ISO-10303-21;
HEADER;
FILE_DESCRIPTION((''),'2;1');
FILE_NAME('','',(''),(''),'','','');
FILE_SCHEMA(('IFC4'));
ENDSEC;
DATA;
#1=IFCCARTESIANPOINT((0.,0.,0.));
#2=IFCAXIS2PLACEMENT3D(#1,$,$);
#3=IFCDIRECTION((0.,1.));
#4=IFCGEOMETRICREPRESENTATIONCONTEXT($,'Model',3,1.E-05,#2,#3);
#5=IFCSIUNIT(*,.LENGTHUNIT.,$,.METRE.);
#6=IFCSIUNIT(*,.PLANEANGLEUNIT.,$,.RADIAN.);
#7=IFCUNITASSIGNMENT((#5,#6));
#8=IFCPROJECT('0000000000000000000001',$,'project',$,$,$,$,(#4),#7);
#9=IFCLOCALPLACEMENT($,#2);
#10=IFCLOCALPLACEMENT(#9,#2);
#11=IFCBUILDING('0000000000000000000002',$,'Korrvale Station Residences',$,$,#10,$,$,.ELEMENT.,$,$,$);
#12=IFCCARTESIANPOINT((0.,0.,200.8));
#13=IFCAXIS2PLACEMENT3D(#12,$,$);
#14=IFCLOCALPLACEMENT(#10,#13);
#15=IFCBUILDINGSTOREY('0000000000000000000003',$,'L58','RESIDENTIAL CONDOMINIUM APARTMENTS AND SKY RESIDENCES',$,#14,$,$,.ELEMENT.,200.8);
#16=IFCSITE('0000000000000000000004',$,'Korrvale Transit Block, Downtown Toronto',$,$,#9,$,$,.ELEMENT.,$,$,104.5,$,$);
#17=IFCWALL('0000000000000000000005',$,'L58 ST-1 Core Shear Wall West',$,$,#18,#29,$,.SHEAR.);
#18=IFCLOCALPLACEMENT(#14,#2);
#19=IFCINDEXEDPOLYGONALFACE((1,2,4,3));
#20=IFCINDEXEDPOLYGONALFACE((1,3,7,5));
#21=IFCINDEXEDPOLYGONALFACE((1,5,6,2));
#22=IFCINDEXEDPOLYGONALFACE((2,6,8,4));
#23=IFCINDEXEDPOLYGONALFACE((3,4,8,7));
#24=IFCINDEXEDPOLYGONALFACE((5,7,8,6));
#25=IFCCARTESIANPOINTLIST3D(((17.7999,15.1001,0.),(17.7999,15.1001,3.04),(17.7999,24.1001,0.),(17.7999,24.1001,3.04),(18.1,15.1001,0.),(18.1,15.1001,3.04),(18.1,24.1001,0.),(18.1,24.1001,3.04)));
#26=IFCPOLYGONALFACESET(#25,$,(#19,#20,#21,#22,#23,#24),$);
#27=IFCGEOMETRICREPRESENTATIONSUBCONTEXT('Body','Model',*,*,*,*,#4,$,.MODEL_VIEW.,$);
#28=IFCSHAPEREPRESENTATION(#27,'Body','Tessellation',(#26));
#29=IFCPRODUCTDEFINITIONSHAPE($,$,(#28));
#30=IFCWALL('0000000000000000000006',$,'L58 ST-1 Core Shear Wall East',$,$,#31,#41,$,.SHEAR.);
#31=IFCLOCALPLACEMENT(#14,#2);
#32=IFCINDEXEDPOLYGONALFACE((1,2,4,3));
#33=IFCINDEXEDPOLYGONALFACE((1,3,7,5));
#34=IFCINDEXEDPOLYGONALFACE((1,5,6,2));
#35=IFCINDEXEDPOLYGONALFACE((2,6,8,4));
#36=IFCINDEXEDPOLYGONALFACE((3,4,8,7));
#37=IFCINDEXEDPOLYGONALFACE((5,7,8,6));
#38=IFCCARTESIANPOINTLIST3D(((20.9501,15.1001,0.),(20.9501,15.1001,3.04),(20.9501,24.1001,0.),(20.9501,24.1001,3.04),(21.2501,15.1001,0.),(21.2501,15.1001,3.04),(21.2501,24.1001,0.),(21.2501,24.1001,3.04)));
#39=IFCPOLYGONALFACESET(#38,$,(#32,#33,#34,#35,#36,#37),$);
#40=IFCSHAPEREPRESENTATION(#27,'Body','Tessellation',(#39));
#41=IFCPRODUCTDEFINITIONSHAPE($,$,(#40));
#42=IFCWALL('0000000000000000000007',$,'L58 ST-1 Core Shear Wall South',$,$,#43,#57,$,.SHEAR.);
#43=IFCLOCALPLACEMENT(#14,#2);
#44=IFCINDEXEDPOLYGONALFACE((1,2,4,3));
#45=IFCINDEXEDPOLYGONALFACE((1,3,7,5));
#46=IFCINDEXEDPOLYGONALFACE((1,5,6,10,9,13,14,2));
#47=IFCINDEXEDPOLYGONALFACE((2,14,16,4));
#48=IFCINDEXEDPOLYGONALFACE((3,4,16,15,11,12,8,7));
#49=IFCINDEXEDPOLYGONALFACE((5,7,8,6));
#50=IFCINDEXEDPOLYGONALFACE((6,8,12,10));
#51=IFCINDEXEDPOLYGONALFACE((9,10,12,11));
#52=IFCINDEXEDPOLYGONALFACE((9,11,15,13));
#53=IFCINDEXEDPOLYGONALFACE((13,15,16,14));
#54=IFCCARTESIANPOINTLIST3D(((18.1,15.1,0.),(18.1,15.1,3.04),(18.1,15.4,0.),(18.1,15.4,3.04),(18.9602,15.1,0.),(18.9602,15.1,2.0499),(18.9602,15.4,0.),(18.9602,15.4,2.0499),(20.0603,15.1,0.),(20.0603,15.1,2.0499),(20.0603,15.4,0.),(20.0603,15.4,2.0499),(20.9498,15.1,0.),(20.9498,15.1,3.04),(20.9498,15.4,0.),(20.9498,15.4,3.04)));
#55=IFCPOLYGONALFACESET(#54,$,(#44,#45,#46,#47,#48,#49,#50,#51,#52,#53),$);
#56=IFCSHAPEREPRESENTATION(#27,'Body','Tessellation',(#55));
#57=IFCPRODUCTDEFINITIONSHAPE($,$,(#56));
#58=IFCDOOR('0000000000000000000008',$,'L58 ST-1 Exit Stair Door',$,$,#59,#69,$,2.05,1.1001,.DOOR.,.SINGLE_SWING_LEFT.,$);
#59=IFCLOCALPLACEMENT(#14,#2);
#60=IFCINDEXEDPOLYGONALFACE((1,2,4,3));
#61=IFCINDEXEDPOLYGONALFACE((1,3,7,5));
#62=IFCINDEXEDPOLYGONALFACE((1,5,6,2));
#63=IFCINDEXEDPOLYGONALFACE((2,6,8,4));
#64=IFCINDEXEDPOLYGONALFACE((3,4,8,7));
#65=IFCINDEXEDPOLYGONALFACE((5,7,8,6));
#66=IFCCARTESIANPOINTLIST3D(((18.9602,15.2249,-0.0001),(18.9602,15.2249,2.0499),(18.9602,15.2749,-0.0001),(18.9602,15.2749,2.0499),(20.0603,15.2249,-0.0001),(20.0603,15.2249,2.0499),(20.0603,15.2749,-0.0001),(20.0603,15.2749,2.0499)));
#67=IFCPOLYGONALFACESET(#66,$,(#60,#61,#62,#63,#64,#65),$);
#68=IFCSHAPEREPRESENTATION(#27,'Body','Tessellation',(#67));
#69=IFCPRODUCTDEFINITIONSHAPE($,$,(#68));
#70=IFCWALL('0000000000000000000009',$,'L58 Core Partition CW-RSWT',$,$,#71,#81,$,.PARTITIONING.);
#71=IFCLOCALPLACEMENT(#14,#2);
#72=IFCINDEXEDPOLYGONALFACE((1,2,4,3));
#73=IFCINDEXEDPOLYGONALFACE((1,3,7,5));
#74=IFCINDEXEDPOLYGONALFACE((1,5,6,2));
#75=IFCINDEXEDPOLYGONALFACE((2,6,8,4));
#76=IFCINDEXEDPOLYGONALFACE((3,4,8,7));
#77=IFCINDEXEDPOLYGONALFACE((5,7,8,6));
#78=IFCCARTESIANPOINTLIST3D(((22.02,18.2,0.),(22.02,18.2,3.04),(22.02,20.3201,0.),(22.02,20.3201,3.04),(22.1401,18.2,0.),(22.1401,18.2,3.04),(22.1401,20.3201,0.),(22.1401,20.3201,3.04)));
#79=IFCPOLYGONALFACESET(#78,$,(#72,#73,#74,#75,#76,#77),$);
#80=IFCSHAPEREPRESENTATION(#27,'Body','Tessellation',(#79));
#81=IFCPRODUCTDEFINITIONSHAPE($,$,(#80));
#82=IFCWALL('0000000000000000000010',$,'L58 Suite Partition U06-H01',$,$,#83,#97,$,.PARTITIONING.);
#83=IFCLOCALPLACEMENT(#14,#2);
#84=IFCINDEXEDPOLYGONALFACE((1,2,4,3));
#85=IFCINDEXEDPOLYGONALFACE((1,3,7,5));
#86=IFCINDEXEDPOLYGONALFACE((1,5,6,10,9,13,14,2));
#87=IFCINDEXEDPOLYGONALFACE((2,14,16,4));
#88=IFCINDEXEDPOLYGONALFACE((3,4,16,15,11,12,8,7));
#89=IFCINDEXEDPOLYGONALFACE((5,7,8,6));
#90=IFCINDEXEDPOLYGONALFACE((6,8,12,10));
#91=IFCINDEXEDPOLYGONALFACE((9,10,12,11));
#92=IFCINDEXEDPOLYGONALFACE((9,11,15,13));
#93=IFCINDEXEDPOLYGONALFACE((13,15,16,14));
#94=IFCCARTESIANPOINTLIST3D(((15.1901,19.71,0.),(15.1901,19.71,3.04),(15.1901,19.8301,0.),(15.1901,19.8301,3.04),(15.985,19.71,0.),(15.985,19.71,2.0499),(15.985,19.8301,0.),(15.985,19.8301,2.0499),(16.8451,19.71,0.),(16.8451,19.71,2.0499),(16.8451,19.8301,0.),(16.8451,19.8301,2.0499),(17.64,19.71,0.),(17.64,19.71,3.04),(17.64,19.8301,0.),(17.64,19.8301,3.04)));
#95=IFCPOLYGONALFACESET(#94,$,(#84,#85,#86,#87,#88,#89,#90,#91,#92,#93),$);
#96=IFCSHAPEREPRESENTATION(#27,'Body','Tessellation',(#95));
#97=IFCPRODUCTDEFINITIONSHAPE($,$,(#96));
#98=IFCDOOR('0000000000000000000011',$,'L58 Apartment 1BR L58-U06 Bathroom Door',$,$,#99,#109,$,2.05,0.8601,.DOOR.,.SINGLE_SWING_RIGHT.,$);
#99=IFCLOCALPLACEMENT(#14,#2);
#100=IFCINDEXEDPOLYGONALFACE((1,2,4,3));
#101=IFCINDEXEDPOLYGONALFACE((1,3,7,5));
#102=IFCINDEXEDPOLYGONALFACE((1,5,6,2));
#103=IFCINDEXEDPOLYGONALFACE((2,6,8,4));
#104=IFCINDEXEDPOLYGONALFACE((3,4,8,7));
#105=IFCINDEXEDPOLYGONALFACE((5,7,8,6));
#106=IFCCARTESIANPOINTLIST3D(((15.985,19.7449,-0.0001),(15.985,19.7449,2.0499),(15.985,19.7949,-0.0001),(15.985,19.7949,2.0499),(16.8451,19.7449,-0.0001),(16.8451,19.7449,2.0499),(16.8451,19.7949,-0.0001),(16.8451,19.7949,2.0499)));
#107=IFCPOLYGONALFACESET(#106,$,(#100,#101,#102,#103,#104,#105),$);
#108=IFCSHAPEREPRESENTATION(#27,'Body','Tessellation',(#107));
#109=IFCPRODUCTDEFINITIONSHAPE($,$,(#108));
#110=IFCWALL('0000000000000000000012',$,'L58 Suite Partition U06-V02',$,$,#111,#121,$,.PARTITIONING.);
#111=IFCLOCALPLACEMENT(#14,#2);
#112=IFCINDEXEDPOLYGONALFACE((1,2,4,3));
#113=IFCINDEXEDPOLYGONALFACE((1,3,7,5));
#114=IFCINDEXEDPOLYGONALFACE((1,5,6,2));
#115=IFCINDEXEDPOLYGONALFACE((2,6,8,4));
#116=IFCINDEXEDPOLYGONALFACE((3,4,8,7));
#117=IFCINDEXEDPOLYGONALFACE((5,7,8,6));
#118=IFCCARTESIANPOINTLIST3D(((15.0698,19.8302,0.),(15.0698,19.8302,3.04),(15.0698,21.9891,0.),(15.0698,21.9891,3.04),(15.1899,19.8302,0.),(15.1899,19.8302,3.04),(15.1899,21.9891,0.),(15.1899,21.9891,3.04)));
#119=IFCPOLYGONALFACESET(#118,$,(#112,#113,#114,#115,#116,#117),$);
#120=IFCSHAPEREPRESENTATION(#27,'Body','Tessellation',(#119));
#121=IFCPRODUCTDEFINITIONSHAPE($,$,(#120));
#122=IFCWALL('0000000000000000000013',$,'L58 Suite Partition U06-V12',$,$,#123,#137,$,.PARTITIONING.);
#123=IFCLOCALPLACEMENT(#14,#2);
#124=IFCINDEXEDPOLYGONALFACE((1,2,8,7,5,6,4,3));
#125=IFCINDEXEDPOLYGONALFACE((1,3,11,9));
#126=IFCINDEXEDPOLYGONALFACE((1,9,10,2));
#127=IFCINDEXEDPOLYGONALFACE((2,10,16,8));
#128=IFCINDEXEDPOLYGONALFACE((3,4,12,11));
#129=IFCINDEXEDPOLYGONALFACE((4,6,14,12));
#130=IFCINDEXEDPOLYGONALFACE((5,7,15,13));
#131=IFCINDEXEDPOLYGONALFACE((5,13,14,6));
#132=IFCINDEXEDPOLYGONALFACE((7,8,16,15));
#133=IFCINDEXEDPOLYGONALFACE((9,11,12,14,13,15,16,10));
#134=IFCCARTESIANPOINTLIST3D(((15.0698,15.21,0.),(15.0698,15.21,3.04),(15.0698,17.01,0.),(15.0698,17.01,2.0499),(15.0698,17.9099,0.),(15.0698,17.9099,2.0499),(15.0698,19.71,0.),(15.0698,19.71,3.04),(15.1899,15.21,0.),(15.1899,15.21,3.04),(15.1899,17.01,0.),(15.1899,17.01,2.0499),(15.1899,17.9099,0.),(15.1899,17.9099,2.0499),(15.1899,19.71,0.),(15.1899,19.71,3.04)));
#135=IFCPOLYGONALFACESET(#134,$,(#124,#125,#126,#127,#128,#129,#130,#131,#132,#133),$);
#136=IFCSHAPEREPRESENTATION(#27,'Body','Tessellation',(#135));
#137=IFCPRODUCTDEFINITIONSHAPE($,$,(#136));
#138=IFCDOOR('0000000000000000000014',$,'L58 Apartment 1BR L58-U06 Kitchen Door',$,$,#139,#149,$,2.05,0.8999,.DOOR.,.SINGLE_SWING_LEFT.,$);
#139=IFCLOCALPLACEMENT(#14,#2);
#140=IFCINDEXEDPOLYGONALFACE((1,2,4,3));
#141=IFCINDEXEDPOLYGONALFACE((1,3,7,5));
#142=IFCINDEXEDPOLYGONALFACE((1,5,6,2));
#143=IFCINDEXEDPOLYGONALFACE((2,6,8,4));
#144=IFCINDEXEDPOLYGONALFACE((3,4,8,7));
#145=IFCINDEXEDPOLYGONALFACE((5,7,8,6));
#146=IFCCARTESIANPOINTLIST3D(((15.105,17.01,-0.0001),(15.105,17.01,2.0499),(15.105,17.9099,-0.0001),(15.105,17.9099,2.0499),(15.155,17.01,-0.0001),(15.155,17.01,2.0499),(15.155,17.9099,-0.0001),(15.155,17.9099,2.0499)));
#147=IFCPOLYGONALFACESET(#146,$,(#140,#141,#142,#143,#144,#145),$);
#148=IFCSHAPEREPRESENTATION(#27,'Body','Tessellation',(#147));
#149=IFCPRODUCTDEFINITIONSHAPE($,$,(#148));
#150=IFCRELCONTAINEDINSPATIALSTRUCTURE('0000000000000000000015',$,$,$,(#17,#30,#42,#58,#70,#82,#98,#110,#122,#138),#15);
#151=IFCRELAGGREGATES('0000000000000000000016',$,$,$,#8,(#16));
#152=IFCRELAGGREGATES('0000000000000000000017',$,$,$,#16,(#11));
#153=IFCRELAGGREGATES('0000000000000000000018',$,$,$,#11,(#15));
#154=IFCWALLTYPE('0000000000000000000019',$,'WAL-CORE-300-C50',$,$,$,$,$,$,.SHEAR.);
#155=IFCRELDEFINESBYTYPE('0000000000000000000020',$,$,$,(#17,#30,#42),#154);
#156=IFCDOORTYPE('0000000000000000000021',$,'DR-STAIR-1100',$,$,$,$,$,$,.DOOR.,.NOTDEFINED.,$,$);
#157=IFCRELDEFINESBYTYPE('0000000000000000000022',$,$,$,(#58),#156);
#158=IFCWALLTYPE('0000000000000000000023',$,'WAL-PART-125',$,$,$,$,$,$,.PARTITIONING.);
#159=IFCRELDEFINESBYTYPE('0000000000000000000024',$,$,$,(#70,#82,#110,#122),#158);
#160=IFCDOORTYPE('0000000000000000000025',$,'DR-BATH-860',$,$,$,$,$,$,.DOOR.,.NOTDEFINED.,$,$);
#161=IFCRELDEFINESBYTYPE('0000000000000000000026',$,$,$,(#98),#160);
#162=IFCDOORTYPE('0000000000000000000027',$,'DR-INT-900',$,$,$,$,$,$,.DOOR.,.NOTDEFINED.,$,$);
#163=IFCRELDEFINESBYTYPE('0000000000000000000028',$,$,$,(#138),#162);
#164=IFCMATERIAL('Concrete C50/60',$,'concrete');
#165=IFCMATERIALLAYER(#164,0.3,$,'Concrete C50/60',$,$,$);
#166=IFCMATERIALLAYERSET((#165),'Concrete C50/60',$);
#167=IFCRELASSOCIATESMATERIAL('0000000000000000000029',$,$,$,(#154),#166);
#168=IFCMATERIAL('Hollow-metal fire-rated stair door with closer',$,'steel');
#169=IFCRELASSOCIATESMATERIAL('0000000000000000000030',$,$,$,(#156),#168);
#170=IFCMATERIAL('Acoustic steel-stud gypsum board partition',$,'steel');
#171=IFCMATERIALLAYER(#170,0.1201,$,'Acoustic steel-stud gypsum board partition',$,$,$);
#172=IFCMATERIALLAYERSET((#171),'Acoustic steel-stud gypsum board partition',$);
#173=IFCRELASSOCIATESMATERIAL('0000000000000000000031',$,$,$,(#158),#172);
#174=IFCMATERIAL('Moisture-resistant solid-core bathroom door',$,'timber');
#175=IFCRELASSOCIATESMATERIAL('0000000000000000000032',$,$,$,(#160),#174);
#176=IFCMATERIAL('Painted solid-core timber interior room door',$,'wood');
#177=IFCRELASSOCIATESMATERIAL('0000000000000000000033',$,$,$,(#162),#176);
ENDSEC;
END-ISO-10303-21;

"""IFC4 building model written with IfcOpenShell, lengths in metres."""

from ifc_helpers import new_model, si_unit, direction, frame, frame_2d, origin, place, context, subcontext, project, spatial, rectangle, extrude, material, layer, layer_set, type_object, element, fill, save


model = new_model("IFC4")

# Units and contexts
model_context = context("Model", 3, precision=1e-05, world=origin(), true_north=direction((0.0, 1.0)))
body_context = subcontext(model_context, "Body", "Model", "MODEL_VIEW")
ifc_project = project(units=[si_unit("LENGTHUNIT", "METRE"), si_unit("PLANEANGLEUNIT", "RADIAN")], contexts=[model_context])

# Site, building, storey
site_placement = place(None, origin())
site = spatial("IfcSite", under=ifc_project, at=site_placement, Name="Korrvale Transit Block, Downtown Toronto", CompositionType="ELEMENT", RefElevation=104.5)
building_placement = place(site_placement, origin())
building = spatial("IfcBuilding", under=site, at=building_placement, Name="Korrvale Station Residences", CompositionType="ELEMENT")
storey_placement = place(building_placement, frame((0.0, 0.0, 200.8)))
storey = spatial("IfcBuildingStorey", under=building, at=storey_placement, Name="L58", Description="RESIDENTIAL CONDOMINIUM APARTMENTS AND SKY RESIDENCES", CompositionType="ELEMENT", Elevation=200.8)

# Walls
ifc_material_1 = material(Name="Concrete C50/60", Category="concrete")
ifc_layer_1 = layer(ifc_material_1, 0.3, Name="Concrete C50/60")
ifc_layer_set_1 = layer_set([ifc_layer_1], Name="Concrete C50/60")
wall_type_1 = type_object("IfcWallType", Name="WAL-CORE-300-C50", PredefinedType="SHEAR", material=ifc_layer_set_1)
for number, where, z_axis, x_axis, name in (
    (1, (17.95, 15.1001, 0.0), (0.0, 0.0, 1.0), (0.0, 1.0, 0.0), "L58 ST-1 Core Shear Wall West"),
    (2, (21.1001, 15.1001, 0.0), (0.0, 0.0, 1.0), (0.0, 1.0, 0.0), "L58 ST-1 Core Shear Wall East"),
):
    element("IfcWall", number, at=place(storey_placement, frame(where, z_axis=z_axis, x_axis=x_axis)), inside=storey, type_object=wall_type_1, Name=name, PredefinedType="SHEAR", context=body_context, shape_type="SweptSolid", body=[
        extrude(rectangle(XDim=9.0, YDim=0.3, at=frame_2d((4.5, 0.0))), origin(), (0.0, 0.0, 1.0), 3.04),
    ])

# Wall, opening, door
wall_1_placement = place(storey_placement, frame((18.1001, 15.25, 0.0), z_axis=(0.0, 0.0, 1.0), x_axis=(1.0, 0.0, 0.0)))
wall_1 = element("IfcWall", 3, at=wall_1_placement, inside=storey, type_object=wall_type_1, Name="L58 ST-1 Core Shear Wall South", PredefinedType="SHEAR", context=body_context, shape_type="SweptSolid", body=[
    extrude(rectangle(XDim=2.8499, YDim=0.3, at=frame_2d((1.4248, 0.0))), origin(), (0.0, 0.0, 1.0), 3.04),
])
opening_1_placement = place(wall_1_placement, frame((0.8601, 0.0, 0.0)))
opening_1 = element("IfcOpeningElement", 4, at=opening_1_placement, cuts=wall_1, PredefinedType="OPENING", context=body_context, shape_type="SweptSolid", body=[
    extrude(rectangle(XDim=1.1001, YDim=2.05, at=frame_2d((0.55, 1.0249))), frame((0.0, 0.1602, 0.0), z_axis=(0.0, -1.0, 0.0), x_axis=(1.0, 0.0, 0.0)), (0.0, 0.0, 1.0), 0.3201),
])
ifc_material_2 = material(Name="Hollow-metal fire-rated stair door with closer", Category="steel")
door_type_1 = type_object("IfcDoorType", Name="DR-STAIR-1100", OperationType="NOTDEFINED", PredefinedType="DOOR", material=ifc_material_2)
door_1_placement = place(opening_1_placement, origin())
door_1 = element("IfcDoor", 5, at=door_1_placement, inside=storey, type_object=door_type_1, Name="L58 ST-1 Exit Stair Door", OperationType="SINGLE_SWING_LEFT", OverallHeight=2.05, OverallWidth=1.1001, PredefinedType="DOOR", context=body_context, shape_type="SweptSolid", body=[
    extrude(rectangle(XDim=1.1001, YDim=2.05, at=frame_2d((0.55, 1.0249))), frame((0.0, 0.0249, 0.0), z_axis=(0.0, -1.0, 0.0), x_axis=(1.0, 0.0, 0.0)), (0.0, 0.0, 1.0), 0.05),
])
fill(opening_1, door_1)

# Wall
ifc_material_3 = material(Name="Acoustic steel-stud gypsum board partition", Category="steel")
ifc_layer_2 = layer(ifc_material_3, 0.1201, Name="Acoustic steel-stud gypsum board partition")
ifc_layer_set_2 = layer_set([ifc_layer_2], Name="Acoustic steel-stud gypsum board partition")
wall_type_2 = type_object("IfcWallType", Name="WAL-PART-125", PredefinedType="PARTITIONING", material=ifc_layer_set_2)
wall_2_placement = place(storey_placement, frame((22.0801, 18.2, 0.0), z_axis=(0.0, 0.0, 1.0), x_axis=(0.0, 1.0, 0.0)))
element("IfcWall", 6, at=wall_2_placement, inside=storey, type_object=wall_type_2, Name="L58 Core Partition CW-RSWT", PredefinedType="PARTITIONING", context=body_context, shape_type="SweptSolid", body=[
    extrude(rectangle(XDim=2.1201, YDim=0.1201, at=frame_2d((1.0601, 0.0))), origin(), (0.0, 0.0, 1.0), 3.04),
])

# Wall, opening, door
wall_3_placement = place(storey_placement, frame((15.1899, 19.77, 0.0), z_axis=(0.0, 0.0, 1.0), x_axis=(1.0, 0.0, 0.0)))
wall_3 = element("IfcWall", 7, at=wall_3_placement, inside=storey, type_object=wall_type_2, Name="L58 Suite Partition U06-H01", PredefinedType="PARTITIONING", context=body_context, shape_type="SweptSolid", body=[
    extrude(rectangle(XDim=2.45, YDim=0.1201, at=frame_2d((1.2251, 0.0))), origin(), (0.0, 0.0, 1.0), 3.04),
])
opening_2_placement = place(wall_3_placement, frame((0.7949, 0.0, 0.0)))
opening_2 = element("IfcOpeningElement", 8, at=opening_2_placement, cuts=wall_3, PredefinedType="OPENING", context=body_context, shape_type="SweptSolid", body=[
    extrude(rectangle(XDim=0.8601, YDim=2.05, at=frame_2d((0.4302, 1.0249))), frame((0.0, 0.0701, 0.0), z_axis=(0.0, -1.0, 0.0), x_axis=(1.0, 0.0, 0.0)), (0.0, 0.0, 1.0), 0.1401),
])
ifc_material_4 = material(Name="Moisture-resistant solid-core bathroom door", Category="timber")
door_type_2 = type_object("IfcDoorType", Name="DR-BATH-860", OperationType="NOTDEFINED", PredefinedType="DOOR", material=ifc_material_4)
door_2_placement = place(opening_2_placement, origin())
door_2 = element("IfcDoor", 9, at=door_2_placement, inside=storey, type_object=door_type_2, Name="L58 Apartment 1BR L58-U06 Bathroom Door", OperationType="SINGLE_SWING_RIGHT", OverallHeight=2.05, OverallWidth=0.8601, PredefinedType="DOOR", context=body_context, shape_type="SweptSolid", body=[
    extrude(rectangle(XDim=0.8601, YDim=2.05, at=frame_2d((0.4302, 1.0249))), frame((0.0, 0.0249, 0.0), z_axis=(0.0, -1.0, 0.0), x_axis=(1.0, 0.0, 0.0)), (0.0, 0.0, 1.0), 0.05),
])
fill(opening_2, door_2)

# Wall
wall_4_placement = place(storey_placement, frame((15.1299, 19.8301, 0.0), z_axis=(0.0, 0.0, 1.0), x_axis=(0.0, 1.0, 0.0)))
element("IfcWall", 10, at=wall_4_placement, inside=storey, type_object=wall_type_2, Name="L58 Suite Partition U06-V02", PredefinedType="PARTITIONING", context=body_context, shape_type="SweptSolid", body=[
    extrude(rectangle(XDim=2.1589, YDim=0.1201, at=frame_2d((1.0796, 0.0))), origin(), (0.0, 0.0, 1.0), 3.04),
])

# Wall, opening, door
wall_5_placement = place(storey_placement, frame((15.1299, 15.21, 0.0), z_axis=(0.0, 0.0, 1.0), x_axis=(0.0, 1.0, 0.0)))
wall_5 = element("IfcWall", 11, at=wall_5_placement, inside=storey, type_object=wall_type_2, Name="L58 Suite Partition U06-V12", PredefinedType="PARTITIONING", context=body_context, shape_type="SweptSolid", body=[
    extrude(rectangle(XDim=4.5, YDim=0.1201, at=frame_2d((2.25, 0.0))), origin(), (0.0, 0.0, 1.0), 3.04),
])
opening_3_placement = place(wall_5_placement, frame((1.8, 0.0, 0.0)))
opening_3 = element("IfcOpeningElement", 12, at=opening_3_placement, cuts=wall_5, PredefinedType="OPENING", context=body_context, shape_type="SweptSolid", body=[
    extrude(rectangle(XDim=0.8999, YDim=2.05, at=frame_2d((0.45, 1.0249))), frame((0.0, 0.0701, 0.0), z_axis=(0.0, -1.0, 0.0), x_axis=(1.0, 0.0, 0.0)), (0.0, 0.0, 1.0), 0.1401),
])
ifc_material_5 = material(Name="Painted solid-core timber interior room door", Category="wood")
door_type_3 = type_object("IfcDoorType", Name="DR-INT-900", OperationType="NOTDEFINED", PredefinedType="DOOR", material=ifc_material_5)
door_3_placement = place(opening_3_placement, origin())
door_3 = element("IfcDoor", 13, at=door_3_placement, inside=storey, type_object=door_type_3, Name="L58 Apartment 1BR L58-U06 Kitchen Door", OperationType="SINGLE_SWING_LEFT", OverallHeight=2.05, OverallWidth=0.8999, PredefinedType="DOOR", context=body_context, shape_type="SweptSolid", body=[
    extrude(rectangle(XDim=0.8999, YDim=2.05, at=frame_2d((0.45, 1.0249))), frame((0.0, 0.0249, 0.0), z_axis=(0.0, -1.0, 0.0), x_axis=(1.0, 0.0, 0.0)), (0.0, 0.0, 1.0), 0.05),
])
fill(opening_3, door_3)

save(model, "model.ifc")
